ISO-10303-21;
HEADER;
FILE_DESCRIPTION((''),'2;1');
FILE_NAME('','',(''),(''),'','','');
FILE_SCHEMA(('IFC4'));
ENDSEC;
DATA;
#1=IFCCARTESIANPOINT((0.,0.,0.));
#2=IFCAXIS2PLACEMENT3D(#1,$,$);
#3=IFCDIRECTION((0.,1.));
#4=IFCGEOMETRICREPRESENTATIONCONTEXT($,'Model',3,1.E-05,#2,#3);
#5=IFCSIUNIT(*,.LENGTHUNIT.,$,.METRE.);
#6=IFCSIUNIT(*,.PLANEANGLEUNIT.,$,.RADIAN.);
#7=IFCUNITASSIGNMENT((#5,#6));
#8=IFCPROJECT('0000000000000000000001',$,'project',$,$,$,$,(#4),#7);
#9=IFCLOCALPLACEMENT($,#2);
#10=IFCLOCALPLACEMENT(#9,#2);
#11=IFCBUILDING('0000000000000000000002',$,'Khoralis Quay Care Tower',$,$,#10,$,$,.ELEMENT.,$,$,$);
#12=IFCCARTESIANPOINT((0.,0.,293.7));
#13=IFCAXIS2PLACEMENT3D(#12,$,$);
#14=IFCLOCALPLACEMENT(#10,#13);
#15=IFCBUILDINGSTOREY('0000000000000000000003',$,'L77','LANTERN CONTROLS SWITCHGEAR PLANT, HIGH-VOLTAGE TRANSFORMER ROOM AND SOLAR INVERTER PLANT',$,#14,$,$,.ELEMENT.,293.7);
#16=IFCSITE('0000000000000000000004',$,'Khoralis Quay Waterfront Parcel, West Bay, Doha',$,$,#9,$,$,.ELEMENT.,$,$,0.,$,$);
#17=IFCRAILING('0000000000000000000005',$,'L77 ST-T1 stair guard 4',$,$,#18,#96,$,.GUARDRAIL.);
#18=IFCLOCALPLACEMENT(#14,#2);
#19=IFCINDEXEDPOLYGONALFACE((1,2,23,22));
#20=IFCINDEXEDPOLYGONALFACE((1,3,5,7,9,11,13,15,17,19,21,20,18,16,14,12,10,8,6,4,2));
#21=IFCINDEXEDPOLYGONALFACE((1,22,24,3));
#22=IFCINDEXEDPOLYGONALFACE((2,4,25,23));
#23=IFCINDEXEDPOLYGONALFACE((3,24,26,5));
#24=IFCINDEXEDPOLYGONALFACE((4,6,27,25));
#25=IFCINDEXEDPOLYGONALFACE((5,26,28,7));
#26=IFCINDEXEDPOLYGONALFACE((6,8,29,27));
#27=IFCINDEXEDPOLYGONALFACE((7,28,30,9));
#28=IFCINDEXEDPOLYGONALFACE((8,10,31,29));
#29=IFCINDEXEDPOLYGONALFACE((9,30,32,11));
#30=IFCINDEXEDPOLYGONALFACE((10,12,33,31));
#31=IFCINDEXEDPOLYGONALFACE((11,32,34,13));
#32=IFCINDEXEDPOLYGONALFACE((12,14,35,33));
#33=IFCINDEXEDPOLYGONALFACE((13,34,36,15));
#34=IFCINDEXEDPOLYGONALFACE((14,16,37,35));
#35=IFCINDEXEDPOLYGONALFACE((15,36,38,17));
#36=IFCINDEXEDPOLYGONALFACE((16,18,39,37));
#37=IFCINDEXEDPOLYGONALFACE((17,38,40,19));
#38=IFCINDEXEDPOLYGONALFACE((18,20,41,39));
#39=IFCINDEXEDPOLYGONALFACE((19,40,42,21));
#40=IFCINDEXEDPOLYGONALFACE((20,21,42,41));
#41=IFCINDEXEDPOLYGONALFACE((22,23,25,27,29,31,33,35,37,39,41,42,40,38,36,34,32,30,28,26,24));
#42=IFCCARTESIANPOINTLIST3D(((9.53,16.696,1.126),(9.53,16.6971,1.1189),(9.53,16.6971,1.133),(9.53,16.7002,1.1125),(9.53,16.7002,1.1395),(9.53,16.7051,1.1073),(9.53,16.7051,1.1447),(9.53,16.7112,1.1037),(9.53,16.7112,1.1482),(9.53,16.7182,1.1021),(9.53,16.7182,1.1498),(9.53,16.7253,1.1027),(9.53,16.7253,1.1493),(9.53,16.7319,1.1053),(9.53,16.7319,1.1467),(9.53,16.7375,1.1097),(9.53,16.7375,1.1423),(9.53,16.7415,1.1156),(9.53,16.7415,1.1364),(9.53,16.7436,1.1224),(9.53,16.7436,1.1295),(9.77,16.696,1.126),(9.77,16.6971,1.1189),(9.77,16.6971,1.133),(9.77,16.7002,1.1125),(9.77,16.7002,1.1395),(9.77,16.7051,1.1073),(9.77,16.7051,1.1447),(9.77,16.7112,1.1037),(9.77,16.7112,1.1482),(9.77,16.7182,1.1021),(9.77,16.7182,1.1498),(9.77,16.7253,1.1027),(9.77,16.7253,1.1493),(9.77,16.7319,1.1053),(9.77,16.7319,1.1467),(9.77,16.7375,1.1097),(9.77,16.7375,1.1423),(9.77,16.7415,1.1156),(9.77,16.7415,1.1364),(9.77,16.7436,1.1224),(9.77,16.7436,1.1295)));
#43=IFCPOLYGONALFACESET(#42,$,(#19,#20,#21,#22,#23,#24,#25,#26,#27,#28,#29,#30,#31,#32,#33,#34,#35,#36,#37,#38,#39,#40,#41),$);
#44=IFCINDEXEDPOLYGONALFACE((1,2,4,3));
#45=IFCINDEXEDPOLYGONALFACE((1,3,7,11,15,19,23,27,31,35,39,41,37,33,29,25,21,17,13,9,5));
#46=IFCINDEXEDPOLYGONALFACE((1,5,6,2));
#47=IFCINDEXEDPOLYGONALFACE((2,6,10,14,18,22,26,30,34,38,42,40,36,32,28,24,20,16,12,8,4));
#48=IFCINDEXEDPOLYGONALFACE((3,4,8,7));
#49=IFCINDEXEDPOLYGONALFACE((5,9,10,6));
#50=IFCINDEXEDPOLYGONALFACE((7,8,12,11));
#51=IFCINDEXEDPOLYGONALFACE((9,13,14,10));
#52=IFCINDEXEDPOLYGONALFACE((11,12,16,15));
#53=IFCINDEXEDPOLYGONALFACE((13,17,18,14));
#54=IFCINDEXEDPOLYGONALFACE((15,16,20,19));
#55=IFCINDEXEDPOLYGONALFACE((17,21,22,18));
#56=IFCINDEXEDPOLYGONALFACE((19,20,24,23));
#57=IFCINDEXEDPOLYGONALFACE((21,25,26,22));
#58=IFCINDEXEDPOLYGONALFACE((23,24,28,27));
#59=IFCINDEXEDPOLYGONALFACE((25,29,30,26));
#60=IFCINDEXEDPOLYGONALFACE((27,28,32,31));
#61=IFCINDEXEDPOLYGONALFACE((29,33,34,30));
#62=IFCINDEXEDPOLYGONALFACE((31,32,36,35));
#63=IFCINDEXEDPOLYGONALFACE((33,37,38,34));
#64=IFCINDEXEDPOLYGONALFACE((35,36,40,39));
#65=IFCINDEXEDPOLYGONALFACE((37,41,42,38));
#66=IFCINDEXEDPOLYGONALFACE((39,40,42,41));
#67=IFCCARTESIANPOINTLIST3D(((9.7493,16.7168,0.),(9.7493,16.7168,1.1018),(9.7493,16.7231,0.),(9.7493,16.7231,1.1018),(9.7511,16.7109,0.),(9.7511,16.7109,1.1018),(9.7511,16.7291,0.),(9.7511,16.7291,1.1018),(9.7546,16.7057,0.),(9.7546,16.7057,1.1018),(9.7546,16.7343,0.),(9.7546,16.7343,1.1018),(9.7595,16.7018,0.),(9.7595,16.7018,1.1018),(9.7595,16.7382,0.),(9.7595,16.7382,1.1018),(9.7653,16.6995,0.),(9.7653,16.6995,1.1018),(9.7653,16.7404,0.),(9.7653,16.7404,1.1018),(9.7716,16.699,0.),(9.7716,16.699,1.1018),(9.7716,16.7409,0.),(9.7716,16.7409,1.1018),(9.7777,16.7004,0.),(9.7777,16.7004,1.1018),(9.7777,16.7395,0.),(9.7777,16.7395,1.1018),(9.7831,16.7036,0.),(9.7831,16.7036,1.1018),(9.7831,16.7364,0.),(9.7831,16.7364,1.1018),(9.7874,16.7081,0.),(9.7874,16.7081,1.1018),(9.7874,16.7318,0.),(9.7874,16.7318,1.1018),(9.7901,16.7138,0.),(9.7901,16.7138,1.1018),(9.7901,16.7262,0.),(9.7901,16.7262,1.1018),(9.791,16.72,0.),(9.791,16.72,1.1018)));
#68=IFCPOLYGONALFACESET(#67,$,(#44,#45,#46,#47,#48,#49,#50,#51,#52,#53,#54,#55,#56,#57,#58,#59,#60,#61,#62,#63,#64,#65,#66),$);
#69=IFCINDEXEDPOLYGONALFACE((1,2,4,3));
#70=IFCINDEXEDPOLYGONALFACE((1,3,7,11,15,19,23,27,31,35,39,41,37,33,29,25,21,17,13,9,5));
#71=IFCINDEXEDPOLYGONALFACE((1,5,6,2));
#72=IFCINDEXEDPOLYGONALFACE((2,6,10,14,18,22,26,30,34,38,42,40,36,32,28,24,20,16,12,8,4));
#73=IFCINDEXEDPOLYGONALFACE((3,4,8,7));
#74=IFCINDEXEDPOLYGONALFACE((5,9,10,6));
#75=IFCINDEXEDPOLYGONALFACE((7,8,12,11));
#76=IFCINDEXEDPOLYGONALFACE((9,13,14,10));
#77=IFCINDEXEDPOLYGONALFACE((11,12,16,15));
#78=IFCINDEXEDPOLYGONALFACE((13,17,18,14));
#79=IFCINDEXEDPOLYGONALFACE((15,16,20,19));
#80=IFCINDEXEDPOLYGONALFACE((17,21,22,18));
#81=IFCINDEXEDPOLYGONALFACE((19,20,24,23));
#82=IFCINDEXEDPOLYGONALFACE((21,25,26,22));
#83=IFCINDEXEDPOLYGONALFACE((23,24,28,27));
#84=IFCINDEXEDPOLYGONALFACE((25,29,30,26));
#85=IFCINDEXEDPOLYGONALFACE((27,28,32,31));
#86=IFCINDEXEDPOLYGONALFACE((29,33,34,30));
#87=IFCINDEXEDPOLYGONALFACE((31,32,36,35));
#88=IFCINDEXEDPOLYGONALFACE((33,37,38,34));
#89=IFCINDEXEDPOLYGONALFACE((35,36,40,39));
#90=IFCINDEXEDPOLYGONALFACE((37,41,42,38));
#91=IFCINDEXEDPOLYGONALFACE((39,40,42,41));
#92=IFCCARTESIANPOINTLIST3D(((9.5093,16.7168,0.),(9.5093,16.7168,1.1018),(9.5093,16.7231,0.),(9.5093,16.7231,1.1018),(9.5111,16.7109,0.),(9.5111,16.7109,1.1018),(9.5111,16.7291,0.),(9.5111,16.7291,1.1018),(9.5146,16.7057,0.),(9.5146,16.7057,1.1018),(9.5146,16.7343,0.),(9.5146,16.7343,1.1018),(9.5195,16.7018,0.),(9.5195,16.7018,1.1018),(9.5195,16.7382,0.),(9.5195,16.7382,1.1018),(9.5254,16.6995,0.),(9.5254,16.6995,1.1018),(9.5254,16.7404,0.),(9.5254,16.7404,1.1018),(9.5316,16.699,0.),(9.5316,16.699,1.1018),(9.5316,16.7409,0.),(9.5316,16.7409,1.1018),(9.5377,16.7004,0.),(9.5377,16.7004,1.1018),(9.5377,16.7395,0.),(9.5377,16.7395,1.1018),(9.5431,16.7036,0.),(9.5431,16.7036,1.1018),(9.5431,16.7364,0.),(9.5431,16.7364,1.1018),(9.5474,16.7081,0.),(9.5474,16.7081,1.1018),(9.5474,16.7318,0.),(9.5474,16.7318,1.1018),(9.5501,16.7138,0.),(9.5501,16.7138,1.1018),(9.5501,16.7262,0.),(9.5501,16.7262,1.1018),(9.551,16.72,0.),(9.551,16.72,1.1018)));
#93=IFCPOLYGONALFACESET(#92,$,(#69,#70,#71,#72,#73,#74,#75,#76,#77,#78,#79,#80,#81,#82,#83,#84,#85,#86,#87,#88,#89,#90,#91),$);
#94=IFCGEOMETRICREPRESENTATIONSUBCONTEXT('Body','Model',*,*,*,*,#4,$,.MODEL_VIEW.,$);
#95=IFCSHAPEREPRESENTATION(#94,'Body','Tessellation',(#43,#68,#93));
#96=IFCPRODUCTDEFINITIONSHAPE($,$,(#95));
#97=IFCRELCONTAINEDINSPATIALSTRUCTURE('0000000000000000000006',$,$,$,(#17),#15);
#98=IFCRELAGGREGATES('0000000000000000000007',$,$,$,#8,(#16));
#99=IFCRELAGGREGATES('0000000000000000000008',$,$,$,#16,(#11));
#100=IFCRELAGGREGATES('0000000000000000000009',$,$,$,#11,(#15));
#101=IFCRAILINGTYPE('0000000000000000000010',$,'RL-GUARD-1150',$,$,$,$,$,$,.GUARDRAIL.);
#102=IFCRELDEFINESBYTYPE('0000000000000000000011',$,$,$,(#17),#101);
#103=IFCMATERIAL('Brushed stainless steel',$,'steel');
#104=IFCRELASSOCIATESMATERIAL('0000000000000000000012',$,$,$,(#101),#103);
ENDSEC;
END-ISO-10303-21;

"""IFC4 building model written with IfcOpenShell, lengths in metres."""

from ifc_helpers import new_model, si_unit, direction, frame, origin, origin_2d, place, context, subcontext, project, spatial, circle, extrude, material, type_object, element, save


model = new_model("IFC4")

# Units and contexts
model_context = context("Model", 3, precision=1e-05, world=origin(), true_north=direction((0.0, 1.0)))
body_context = subcontext(model_context, "Body", "Model", "MODEL_VIEW")
ifc_project = project(units=[si_unit("LENGTHUNIT", "METRE"), si_unit("PLANEANGLEUNIT", "RADIAN")], contexts=[model_context])

# Site, building, storey
site_placement = place(None, origin())
site = spatial("IfcSite", under=ifc_project, at=site_placement, Name="Khoralis Quay Waterfront Parcel, West Bay, Doha", CompositionType="ELEMENT", RefElevation=0.0)
building_placement = place(site_placement, origin())
building = spatial("IfcBuilding", under=site, at=building_placement, Name="Khoralis Quay Care Tower", CompositionType="ELEMENT")
storey_placement = place(building_placement, frame((0.0, 0.0, 293.7)))
storey = spatial("IfcBuildingStorey", under=building, at=storey_placement, Name="L77", Description="LANTERN CONTROLS SWITCHGEAR PLANT, HIGH-VOLTAGE TRANSFORMER ROOM AND SOLAR INVERTER PLANT", CompositionType="ELEMENT", Elevation=293.7)

# Shared definitions
ifc_material_1 = material(Name="Brushed stainless steel", Category="steel")

# Railing
railing_type_1 = type_object("IfcRailingType", Name="RL-GUARD-1150", PredefinedType="GUARDRAIL", material=ifc_material_1)
railing_1_placement = place(storey_placement, frame((9.77, 16.72, 0.0)))
element("IfcRailing", 1, at=railing_1_placement, inside=storey, type_object=railing_type_1, Name="L77 ST-T1 stair guard 4", PredefinedType="GUARDRAIL", context=body_context, shape_type="SweptSolid", body=[
    extrude(circle(Radius=0.0239, at=origin_2d()), frame((0.0, 0.0, 1.126), z_axis=(-1.0, 0.0, 0.0), x_axis=(0.0, -1.0, 0.0)), (0.0, 0.0, 1.0), 0.24),
    extrude(circle(Radius=0.021, at=origin_2d()), origin(), (0.0, 0.0, 1.0), 1.1018),
    extrude(circle(Radius=0.021, at=origin_2d()), frame((-0.24, 0.0, 0.0)), (0.0, 0.0, 1.0), 1.1018),
])

save(model, "model.ifc")
